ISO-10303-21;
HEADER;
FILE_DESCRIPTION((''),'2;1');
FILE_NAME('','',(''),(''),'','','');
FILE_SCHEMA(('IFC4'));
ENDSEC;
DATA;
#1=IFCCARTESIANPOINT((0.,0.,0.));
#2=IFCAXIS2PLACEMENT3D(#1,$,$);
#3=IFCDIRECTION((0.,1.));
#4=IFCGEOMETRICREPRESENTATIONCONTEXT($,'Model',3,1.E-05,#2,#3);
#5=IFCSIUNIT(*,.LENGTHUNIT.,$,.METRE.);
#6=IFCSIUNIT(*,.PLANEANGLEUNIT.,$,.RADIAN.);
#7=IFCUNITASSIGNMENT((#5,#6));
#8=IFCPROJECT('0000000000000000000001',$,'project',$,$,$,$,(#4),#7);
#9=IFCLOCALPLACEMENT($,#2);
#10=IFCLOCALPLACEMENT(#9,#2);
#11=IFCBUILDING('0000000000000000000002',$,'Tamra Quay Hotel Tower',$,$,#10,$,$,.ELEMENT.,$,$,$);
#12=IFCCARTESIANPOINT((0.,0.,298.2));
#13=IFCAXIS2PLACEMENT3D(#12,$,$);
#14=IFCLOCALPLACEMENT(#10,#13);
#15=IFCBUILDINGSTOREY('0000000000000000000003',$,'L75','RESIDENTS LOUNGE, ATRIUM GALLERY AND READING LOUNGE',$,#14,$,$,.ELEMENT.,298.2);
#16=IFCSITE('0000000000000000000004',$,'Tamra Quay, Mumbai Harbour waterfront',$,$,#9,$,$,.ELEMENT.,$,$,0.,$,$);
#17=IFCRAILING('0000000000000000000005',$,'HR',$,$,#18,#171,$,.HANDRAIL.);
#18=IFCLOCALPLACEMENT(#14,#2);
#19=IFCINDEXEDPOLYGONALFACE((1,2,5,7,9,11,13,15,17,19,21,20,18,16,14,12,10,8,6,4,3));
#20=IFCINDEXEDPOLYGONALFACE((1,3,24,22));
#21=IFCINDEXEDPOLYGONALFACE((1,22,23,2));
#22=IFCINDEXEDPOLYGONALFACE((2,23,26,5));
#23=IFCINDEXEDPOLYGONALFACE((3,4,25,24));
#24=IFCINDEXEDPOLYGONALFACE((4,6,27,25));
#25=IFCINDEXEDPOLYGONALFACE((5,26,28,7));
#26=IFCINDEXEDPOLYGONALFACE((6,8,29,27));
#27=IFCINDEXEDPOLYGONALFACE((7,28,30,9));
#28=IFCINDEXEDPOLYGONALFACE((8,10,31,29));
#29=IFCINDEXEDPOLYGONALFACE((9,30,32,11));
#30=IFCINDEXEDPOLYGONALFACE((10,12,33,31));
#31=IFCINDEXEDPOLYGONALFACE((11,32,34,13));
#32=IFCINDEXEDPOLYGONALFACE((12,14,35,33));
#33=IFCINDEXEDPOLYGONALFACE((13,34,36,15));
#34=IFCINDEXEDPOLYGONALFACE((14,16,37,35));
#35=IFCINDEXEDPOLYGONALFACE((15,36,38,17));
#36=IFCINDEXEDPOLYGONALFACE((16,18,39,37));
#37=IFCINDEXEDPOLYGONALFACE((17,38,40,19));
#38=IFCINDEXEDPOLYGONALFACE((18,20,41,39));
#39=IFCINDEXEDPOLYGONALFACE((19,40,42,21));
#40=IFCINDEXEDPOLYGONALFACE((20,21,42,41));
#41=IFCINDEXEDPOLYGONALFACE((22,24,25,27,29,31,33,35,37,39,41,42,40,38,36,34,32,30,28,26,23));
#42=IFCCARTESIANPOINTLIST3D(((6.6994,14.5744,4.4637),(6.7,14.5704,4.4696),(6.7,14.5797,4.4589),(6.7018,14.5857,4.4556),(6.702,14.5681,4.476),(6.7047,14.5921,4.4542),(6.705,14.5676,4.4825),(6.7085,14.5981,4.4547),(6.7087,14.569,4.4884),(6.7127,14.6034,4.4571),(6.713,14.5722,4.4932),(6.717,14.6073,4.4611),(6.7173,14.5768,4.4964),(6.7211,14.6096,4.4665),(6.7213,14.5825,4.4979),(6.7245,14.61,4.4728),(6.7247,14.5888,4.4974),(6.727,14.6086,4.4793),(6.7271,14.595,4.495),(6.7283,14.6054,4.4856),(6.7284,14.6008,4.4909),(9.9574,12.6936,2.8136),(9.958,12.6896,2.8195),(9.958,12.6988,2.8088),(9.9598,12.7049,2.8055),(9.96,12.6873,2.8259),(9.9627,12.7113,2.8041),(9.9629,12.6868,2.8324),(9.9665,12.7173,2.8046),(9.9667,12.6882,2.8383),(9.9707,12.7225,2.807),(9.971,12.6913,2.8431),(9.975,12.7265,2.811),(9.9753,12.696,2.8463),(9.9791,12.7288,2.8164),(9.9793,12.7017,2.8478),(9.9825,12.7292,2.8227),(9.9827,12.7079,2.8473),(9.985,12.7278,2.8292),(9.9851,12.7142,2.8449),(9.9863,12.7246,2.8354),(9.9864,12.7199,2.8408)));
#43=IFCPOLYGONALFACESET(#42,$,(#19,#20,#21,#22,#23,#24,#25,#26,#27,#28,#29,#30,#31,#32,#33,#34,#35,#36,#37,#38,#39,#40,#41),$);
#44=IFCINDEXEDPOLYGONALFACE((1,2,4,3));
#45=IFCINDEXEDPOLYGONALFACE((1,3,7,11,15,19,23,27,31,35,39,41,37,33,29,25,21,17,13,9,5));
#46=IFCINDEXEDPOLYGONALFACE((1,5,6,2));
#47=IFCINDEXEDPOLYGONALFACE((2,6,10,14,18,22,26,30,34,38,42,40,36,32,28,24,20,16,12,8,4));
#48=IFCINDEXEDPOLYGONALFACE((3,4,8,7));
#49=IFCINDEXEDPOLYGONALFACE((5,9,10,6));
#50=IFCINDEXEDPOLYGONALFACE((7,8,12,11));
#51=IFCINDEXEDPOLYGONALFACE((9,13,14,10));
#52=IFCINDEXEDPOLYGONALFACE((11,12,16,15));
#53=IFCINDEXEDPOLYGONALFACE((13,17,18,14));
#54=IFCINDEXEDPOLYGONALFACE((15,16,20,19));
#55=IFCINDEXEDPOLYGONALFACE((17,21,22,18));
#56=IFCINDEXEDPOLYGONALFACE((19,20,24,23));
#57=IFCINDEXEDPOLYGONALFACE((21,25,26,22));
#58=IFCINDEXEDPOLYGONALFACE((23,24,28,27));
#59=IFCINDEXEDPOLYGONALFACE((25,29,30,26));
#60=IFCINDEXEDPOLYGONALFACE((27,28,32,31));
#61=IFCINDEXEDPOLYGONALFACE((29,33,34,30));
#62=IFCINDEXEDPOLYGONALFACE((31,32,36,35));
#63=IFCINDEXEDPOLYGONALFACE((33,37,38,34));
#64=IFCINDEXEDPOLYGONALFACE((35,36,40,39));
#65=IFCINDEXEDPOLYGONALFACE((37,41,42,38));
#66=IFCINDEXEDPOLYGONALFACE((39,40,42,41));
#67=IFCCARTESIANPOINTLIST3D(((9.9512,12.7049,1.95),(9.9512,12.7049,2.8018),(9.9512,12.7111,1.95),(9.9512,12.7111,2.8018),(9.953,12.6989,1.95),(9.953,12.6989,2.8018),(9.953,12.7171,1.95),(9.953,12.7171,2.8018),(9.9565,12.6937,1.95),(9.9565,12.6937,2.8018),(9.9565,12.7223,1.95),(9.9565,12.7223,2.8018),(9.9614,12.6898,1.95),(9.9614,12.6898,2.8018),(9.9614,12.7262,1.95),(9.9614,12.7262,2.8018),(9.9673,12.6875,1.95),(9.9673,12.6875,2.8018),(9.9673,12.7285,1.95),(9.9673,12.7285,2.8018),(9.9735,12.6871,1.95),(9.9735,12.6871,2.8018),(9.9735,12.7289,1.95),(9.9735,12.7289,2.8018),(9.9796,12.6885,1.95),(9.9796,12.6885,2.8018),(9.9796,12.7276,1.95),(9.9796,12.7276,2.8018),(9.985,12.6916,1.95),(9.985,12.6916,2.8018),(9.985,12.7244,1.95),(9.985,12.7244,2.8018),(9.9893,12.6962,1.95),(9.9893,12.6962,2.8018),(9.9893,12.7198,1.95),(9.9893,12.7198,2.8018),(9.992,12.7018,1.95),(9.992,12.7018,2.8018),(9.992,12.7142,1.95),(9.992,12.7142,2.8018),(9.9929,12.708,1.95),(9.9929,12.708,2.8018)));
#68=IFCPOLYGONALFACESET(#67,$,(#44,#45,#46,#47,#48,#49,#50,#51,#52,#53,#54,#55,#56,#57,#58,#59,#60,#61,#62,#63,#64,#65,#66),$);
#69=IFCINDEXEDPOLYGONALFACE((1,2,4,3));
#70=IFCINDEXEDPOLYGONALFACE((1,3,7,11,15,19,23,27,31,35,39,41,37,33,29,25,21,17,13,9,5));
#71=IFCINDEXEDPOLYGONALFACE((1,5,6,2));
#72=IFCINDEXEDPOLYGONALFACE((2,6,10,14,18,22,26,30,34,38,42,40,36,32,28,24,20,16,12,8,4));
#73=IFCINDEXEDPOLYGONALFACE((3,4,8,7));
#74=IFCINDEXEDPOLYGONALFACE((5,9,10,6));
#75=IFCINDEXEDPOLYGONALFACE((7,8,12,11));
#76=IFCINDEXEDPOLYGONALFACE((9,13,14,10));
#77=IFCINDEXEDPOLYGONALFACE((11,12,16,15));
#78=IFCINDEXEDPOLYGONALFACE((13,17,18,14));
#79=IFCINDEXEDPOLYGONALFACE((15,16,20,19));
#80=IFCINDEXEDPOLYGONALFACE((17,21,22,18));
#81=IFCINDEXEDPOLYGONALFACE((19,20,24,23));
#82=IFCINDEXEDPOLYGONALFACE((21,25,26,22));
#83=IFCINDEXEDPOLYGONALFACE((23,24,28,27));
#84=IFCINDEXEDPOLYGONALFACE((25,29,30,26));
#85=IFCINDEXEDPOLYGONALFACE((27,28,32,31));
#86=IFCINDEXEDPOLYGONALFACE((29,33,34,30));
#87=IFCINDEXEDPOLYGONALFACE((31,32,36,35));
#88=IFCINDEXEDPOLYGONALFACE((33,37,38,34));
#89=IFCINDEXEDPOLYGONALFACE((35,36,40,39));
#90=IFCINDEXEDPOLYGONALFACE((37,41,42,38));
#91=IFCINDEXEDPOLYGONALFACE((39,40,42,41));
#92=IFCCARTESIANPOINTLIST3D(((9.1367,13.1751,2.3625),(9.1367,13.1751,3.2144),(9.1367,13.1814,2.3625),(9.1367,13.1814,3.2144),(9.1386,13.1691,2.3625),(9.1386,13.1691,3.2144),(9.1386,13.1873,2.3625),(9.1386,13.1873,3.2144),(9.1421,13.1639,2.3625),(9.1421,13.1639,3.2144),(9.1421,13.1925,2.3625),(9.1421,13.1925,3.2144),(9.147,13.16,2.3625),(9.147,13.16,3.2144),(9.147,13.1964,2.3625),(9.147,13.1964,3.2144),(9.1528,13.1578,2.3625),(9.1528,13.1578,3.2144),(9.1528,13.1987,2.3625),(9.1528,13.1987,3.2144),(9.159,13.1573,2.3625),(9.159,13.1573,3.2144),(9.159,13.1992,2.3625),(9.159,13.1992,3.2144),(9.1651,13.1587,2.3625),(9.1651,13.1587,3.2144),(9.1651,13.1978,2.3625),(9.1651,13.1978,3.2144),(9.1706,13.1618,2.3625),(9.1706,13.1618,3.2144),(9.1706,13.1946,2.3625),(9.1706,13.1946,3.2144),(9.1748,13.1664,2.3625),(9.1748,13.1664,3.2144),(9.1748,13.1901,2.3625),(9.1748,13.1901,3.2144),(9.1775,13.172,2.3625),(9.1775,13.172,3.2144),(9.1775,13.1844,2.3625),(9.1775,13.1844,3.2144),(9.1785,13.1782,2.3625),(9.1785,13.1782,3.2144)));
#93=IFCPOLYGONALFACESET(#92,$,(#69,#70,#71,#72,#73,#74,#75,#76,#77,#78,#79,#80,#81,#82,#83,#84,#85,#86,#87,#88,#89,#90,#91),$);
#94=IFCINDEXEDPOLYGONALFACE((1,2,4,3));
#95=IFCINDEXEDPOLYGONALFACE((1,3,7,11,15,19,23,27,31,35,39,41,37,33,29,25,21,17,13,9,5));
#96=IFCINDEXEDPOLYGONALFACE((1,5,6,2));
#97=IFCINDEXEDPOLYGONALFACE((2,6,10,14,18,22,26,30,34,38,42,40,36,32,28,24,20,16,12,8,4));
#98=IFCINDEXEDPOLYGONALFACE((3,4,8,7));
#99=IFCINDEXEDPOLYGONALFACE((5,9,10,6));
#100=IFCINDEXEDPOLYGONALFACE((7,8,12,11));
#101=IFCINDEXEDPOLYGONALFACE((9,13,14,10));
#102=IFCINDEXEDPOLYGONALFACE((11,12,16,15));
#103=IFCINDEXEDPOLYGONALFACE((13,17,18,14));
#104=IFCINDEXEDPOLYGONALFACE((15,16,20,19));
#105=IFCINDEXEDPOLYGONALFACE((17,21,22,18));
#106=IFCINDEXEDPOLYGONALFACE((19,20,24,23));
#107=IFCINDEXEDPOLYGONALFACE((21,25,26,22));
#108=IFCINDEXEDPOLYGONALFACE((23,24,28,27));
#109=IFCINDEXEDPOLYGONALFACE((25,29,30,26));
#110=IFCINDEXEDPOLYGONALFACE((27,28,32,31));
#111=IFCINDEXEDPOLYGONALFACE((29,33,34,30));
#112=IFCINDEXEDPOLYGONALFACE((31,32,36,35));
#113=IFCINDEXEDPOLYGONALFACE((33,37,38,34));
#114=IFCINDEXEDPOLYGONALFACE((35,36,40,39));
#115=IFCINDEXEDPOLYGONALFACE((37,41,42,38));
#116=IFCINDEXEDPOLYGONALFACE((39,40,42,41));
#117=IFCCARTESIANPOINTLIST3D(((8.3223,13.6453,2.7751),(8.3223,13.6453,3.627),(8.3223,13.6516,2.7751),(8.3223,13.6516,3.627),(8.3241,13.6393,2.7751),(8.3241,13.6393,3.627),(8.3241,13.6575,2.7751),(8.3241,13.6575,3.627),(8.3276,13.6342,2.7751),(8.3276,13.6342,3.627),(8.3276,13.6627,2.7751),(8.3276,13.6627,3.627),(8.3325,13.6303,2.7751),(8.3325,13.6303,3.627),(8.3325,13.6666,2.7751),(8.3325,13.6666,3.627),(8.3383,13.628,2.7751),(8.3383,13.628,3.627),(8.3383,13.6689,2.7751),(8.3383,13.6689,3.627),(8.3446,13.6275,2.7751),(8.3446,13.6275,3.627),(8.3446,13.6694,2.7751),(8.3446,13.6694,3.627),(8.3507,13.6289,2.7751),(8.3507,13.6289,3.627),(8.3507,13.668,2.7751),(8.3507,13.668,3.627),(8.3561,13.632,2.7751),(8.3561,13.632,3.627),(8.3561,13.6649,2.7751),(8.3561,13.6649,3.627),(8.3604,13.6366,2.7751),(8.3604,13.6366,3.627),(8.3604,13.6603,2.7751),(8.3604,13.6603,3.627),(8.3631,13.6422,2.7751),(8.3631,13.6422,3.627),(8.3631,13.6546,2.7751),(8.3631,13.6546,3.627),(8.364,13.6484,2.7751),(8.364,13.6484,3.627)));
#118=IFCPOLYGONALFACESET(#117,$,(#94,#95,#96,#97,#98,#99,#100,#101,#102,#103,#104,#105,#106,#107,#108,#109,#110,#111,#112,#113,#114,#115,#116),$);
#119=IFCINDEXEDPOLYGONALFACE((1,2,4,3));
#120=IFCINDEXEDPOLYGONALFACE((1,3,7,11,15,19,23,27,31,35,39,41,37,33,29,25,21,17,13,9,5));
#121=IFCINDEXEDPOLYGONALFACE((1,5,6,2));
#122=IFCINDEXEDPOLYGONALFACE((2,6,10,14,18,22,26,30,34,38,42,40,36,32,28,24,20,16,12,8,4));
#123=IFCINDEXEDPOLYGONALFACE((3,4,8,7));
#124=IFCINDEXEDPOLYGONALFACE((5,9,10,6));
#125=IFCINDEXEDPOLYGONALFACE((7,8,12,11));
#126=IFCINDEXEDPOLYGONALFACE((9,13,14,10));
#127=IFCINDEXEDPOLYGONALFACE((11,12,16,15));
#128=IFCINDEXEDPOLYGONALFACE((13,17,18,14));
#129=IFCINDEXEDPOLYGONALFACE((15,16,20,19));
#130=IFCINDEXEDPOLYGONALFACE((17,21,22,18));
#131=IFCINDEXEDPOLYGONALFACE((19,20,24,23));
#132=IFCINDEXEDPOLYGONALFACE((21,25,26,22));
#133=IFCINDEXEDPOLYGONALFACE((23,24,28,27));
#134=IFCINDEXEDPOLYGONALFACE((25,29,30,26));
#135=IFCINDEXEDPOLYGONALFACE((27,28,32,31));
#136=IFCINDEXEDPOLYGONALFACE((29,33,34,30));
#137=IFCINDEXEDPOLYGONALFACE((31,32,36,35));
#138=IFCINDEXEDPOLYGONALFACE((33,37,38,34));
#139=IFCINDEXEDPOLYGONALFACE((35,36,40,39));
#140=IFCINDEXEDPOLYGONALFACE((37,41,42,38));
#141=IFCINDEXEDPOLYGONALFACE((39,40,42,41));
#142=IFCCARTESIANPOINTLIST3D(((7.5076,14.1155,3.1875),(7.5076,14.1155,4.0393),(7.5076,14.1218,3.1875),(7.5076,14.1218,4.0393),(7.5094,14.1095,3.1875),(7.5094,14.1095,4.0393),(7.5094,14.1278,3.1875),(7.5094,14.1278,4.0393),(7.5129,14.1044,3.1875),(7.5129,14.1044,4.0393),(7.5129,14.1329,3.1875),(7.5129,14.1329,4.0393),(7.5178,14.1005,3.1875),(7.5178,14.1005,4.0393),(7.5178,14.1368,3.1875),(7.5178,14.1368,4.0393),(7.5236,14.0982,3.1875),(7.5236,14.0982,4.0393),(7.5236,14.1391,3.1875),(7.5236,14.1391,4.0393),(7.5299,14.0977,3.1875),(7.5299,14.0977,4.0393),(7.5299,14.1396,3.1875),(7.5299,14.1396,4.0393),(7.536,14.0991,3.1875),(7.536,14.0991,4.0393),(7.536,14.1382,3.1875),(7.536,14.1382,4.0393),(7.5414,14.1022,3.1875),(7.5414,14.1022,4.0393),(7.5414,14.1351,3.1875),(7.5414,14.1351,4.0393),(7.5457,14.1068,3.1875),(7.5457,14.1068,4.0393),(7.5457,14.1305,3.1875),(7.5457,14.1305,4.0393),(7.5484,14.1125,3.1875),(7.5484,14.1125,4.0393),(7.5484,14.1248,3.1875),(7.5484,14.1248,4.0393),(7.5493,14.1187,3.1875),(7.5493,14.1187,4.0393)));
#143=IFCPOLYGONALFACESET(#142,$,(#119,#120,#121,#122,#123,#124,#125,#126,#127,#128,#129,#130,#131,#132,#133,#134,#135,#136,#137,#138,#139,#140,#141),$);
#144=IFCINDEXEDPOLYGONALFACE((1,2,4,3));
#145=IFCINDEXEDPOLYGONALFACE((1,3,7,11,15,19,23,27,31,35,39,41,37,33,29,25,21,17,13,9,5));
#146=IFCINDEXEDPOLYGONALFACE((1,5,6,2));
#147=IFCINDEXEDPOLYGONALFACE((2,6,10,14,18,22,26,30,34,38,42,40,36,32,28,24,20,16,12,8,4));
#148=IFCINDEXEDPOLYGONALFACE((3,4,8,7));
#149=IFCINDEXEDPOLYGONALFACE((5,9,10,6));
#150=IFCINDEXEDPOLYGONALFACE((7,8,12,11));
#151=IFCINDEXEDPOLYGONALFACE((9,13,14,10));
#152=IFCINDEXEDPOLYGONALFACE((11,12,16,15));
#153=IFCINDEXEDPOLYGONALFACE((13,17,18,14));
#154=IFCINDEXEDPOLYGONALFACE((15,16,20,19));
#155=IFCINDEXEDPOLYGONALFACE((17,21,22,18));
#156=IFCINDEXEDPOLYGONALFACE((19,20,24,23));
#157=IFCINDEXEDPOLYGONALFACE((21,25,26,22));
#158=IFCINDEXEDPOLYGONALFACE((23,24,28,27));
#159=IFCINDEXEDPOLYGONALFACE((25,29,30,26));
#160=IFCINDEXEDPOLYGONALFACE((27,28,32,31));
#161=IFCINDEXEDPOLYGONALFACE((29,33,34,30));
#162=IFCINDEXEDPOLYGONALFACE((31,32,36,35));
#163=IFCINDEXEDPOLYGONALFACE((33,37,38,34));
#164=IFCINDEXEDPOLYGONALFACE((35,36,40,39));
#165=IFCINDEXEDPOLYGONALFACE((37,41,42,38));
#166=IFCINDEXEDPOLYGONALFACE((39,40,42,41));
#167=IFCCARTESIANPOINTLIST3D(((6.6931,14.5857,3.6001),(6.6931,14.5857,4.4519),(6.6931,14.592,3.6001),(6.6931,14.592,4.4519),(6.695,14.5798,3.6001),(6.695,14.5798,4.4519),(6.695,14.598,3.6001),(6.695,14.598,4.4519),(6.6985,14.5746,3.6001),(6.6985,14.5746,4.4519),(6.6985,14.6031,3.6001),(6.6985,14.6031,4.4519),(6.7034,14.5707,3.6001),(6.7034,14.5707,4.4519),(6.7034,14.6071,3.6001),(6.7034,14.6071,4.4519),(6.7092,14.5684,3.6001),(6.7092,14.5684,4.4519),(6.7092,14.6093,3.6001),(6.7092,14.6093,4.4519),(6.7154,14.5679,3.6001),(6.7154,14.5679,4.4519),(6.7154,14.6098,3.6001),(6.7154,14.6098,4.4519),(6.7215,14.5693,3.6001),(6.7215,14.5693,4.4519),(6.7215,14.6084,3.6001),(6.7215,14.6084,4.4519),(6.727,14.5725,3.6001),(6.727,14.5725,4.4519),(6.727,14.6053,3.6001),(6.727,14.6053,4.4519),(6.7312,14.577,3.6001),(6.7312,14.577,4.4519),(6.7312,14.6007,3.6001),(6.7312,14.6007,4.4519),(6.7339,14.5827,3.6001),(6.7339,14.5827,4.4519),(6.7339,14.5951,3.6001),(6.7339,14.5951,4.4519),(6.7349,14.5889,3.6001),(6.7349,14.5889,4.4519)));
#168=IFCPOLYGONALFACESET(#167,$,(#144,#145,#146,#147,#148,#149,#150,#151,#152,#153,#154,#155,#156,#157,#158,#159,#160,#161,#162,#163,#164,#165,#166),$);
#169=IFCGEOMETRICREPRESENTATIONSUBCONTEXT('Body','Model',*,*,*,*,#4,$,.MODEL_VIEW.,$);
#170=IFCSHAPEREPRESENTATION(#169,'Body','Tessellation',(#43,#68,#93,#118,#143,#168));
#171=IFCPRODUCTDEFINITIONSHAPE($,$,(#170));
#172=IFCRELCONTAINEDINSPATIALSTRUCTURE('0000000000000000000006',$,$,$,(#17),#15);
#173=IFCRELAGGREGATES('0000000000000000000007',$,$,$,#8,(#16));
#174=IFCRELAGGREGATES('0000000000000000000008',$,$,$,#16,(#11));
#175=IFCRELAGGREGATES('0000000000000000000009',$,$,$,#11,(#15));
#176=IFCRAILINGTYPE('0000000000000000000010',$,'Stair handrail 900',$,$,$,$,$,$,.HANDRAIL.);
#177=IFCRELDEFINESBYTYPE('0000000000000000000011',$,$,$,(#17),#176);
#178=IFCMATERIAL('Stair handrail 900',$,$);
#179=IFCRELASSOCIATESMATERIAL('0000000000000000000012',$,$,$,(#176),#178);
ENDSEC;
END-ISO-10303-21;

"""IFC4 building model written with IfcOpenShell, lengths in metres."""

from ifc_helpers import new_model, si_unit, direction, frame, origin, origin_2d, place, context, subcontext, project, spatial, circle, extrude, material, type_object, element, save


model = new_model("IFC4")

# Units and contexts
model_context = context("Model", 3, precision=1e-05, world=origin(), true_north=direction((0.0, 1.0)))
body_context = subcontext(model_context, "Body", "Model", "MODEL_VIEW")
ifc_project = project(units=[si_unit("LENGTHUNIT", "METRE"), si_unit("PLANEANGLEUNIT", "RADIAN")], contexts=[model_context])

# Site, building, storey
site_placement = place(None, origin())
site = spatial("IfcSite", under=ifc_project, at=site_placement, Name="Tamra Quay, Mumbai Harbour waterfront", CompositionType="ELEMENT", RefElevation=0.0)
building_placement = place(site_placement, origin())
building = spatial("IfcBuilding", under=site, at=building_placement, Name="Tamra Quay Hotel Tower", CompositionType="ELEMENT")
storey_placement = place(building_placement, frame((0.0, 0.0, 298.2)))
storey = spatial("IfcBuildingStorey", under=building, at=storey_placement, Name="L75", Description="RESIDENTS LOUNGE, ATRIUM GALLERY AND READING LOUNGE", CompositionType="ELEMENT", Elevation=298.2)

# Railing
ifc_material_1 = material(Name="Stair handrail 900")
railing_type_1 = type_object("IfcRailingType", Name="Stair handrail 900", PredefinedType="HANDRAIL", material=ifc_material_1)
railing_1_placement = place(storey_placement, frame((9.9719, 12.708, 1.95)))
element("IfcRailing", 1, at=railing_1_placement, inside=storey, type_object=railing_type_1, Name="HR", PredefinedType="HANDRAIL", context=body_context, shape_type="SweptSolid", body=[
    extrude(circle(Radius=0.0239, at=origin_2d()), frame((0.0, 0.0, 0.876), z_axis=(-0.793103, 0.457854, 0.401692), x_axis=(-0.499964, -0.866046, 0.0)), (0.0, 0.0, 1.0), 4.1079),
    extrude(circle(Radius=0.021, at=origin_2d()), origin(), (0.0, 0.0, 1.0), 0.8518),
    extrude(circle(Radius=0.021, at=origin_2d()), frame((-0.8145, 0.4702, 0.4126)), (0.0, 0.0, 1.0), 0.8518),
    extrude(circle(Radius=0.021, at=origin_2d()), frame((-1.6289, 0.9404, 0.8252)), (0.0, 0.0, 1.0), 0.8518),
    extrude(circle(Radius=0.021, at=origin_2d()), frame((-2.4436, 1.4106, 1.2375)), (0.0, 0.0, 1.0), 0.8518),
    extrude(circle(Radius=0.021, at=origin_2d()), frame((-3.2581, 1.8809, 1.6501)), (0.0, 0.0, 1.0), 0.8518),
])

save(model, "model.ifc")
